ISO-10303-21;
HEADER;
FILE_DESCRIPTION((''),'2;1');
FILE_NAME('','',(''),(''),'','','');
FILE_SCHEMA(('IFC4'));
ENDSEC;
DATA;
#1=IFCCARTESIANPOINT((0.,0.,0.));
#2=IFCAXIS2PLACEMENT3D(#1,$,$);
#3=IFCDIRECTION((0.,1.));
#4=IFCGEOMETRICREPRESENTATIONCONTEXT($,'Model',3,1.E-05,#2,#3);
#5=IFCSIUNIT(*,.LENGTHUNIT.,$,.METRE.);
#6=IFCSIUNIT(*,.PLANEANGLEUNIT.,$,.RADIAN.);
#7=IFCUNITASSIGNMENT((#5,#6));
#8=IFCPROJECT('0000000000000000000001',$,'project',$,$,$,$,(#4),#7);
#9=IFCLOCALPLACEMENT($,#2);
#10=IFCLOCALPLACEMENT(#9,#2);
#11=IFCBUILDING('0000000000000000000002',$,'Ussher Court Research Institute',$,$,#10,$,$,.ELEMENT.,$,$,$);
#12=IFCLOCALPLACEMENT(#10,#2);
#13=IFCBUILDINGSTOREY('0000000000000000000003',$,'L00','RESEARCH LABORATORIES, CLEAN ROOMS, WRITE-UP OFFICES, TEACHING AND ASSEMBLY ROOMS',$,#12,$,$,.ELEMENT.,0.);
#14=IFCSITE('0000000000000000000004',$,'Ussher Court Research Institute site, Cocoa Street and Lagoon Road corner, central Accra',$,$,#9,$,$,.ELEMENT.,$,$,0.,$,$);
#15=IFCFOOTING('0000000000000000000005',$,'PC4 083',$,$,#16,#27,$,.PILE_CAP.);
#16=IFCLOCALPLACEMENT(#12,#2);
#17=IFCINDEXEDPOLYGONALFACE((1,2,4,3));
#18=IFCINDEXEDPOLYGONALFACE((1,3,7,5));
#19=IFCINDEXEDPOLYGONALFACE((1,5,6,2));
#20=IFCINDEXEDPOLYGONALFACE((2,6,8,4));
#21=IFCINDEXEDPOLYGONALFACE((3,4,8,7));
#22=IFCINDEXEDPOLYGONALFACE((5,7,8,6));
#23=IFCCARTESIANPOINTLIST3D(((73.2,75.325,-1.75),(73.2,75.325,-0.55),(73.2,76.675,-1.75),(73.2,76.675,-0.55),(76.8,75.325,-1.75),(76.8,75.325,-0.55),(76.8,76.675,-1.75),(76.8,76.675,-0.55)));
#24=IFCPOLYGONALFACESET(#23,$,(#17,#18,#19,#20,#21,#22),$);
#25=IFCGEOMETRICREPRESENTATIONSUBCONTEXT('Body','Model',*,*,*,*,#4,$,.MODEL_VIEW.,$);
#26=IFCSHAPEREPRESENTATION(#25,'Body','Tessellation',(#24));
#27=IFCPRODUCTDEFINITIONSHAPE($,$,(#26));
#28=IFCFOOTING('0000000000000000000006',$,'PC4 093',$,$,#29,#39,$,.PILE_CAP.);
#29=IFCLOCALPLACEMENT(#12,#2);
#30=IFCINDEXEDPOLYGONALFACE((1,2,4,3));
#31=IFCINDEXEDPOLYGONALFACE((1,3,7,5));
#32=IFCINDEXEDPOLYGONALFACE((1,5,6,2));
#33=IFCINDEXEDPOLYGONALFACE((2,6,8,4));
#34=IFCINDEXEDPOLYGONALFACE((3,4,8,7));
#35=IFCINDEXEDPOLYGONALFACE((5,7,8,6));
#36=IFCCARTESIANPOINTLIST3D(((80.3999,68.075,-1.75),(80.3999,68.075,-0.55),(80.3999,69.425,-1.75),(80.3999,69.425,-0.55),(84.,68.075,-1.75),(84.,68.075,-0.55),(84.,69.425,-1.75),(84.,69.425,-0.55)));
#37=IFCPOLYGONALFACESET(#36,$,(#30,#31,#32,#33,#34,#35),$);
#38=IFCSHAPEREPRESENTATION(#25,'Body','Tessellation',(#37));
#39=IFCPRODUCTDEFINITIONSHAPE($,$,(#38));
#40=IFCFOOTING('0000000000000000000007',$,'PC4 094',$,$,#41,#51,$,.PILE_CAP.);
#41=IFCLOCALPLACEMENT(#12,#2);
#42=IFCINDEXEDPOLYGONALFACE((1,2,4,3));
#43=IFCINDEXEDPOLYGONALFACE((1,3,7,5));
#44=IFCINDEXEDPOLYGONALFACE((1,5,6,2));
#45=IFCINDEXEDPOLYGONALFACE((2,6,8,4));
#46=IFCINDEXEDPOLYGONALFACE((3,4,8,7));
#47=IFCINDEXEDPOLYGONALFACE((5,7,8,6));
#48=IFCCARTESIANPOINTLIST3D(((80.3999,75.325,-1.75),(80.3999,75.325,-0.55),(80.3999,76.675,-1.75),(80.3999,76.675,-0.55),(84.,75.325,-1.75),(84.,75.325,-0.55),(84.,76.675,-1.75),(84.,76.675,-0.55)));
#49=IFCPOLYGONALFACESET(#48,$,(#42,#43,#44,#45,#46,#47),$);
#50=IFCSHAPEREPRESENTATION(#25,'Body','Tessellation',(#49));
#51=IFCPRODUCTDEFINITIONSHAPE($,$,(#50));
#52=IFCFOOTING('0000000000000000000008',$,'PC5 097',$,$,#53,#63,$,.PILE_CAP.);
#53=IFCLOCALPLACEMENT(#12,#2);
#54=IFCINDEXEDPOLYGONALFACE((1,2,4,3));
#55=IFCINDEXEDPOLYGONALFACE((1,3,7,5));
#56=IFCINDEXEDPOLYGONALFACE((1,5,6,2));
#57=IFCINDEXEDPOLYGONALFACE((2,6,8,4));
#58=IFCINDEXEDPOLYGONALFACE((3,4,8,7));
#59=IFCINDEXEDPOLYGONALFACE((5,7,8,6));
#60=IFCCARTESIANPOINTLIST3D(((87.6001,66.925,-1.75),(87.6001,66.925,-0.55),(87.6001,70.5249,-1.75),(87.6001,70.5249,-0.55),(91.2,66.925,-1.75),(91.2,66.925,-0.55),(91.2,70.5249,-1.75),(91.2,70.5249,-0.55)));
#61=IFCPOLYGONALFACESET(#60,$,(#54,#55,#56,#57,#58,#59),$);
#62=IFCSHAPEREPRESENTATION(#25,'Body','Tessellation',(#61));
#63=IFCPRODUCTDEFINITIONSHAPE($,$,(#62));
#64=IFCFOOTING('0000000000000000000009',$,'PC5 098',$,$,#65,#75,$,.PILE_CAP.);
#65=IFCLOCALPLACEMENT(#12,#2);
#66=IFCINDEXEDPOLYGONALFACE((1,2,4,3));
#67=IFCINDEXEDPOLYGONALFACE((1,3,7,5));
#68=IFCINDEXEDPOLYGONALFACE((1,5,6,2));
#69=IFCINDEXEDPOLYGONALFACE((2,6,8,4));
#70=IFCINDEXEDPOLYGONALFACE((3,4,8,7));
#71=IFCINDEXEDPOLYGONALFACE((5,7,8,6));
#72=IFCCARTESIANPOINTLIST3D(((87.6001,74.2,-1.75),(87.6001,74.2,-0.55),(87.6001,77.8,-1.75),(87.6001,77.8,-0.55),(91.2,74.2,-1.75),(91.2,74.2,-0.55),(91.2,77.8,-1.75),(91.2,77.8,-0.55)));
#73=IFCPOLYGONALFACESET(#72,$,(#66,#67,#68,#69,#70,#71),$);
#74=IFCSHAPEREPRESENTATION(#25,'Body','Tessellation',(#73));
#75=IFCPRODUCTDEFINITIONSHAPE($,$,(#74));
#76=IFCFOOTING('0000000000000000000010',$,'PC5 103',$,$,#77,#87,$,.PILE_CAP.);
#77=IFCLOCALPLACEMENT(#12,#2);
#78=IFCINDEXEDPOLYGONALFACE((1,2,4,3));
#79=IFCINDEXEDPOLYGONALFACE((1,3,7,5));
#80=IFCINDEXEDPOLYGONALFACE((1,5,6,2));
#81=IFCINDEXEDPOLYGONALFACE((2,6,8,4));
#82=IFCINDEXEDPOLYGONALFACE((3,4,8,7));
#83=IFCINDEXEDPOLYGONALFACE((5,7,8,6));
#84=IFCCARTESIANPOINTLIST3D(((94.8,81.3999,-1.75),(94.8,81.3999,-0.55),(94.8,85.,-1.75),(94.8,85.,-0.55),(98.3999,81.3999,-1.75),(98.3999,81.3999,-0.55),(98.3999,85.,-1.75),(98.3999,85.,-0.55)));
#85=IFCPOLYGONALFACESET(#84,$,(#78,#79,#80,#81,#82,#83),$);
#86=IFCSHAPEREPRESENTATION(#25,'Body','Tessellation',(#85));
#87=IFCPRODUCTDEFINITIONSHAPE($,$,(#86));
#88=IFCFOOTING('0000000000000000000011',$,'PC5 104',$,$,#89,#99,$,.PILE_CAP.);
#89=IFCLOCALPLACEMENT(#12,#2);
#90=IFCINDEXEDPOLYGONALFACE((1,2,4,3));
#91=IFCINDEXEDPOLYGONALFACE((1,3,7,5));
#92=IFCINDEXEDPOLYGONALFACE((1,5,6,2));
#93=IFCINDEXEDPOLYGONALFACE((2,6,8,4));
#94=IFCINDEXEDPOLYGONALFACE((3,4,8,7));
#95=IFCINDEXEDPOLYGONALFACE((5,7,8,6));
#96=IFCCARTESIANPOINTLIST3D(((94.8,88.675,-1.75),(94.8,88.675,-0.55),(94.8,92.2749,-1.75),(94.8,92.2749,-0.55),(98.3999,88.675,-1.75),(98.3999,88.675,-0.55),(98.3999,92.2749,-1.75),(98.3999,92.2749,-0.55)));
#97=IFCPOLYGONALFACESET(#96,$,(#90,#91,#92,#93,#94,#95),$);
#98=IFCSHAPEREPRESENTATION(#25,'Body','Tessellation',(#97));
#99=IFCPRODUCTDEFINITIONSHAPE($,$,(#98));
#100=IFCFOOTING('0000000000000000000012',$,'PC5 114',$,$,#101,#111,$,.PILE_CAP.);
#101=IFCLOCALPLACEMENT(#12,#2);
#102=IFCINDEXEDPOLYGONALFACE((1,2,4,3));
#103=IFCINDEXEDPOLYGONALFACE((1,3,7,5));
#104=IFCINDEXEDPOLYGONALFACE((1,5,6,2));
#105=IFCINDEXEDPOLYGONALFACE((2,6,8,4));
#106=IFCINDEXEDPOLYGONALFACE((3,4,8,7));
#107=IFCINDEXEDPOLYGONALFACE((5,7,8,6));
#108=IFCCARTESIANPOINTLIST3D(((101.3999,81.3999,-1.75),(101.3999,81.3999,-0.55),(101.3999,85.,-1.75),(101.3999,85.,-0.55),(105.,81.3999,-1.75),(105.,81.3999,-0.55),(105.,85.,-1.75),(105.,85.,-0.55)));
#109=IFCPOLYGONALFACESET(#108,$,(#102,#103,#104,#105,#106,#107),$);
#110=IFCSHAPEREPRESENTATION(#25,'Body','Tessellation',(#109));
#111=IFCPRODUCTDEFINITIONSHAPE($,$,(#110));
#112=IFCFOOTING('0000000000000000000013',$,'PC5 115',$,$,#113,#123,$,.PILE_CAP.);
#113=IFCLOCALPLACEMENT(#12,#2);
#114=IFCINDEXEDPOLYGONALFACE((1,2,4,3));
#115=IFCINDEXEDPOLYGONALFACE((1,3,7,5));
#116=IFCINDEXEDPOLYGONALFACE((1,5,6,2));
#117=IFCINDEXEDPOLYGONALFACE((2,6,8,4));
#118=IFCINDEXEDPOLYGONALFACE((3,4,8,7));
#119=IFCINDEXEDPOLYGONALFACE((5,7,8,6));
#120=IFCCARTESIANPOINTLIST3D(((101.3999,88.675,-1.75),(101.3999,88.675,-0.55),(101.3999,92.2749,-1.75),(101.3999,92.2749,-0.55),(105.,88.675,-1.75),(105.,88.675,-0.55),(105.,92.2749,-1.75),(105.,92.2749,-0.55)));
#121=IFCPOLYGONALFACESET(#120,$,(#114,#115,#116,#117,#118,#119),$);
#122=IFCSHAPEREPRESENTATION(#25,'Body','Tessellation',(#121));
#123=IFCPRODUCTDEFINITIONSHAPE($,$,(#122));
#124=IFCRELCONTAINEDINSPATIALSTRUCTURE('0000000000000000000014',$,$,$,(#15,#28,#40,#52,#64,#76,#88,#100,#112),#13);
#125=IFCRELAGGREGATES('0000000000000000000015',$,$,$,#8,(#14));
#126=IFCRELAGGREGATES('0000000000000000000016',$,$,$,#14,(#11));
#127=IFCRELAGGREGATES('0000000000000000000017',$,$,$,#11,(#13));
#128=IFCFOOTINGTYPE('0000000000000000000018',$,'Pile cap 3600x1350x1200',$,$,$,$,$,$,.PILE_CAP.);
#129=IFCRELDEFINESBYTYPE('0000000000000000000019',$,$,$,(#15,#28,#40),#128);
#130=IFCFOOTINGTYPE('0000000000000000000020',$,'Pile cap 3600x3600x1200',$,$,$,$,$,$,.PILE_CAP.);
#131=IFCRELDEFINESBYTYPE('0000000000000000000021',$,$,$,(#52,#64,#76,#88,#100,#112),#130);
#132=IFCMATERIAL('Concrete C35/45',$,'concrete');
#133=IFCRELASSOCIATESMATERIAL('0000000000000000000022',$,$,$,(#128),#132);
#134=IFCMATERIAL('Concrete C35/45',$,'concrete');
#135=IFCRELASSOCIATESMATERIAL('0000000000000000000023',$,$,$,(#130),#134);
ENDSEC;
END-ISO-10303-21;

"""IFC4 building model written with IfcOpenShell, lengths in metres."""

from ifc_helpers import new_model, si_unit, direction, frame, origin, place, context, subcontext, project, spatial, polyline, outline, extrude, material, type_object, element, save


model = new_model("IFC4")

# Units and contexts
model_context = context("Model", 3, precision=1e-05, world=origin(), true_north=direction((0.0, 1.0)))
body_context = subcontext(model_context, "Body", "Model", "MODEL_VIEW")
ifc_project = project(units=[si_unit("LENGTHUNIT", "METRE"), si_unit("PLANEANGLEUNIT", "RADIAN")], contexts=[model_context])

# Site, building, storey
site_placement = place(None, origin())
site = spatial("IfcSite", under=ifc_project, at=site_placement, Name="Ussher Court Research Institute site, Cocoa Street and Lagoon Road corner, central Accra", CompositionType="ELEMENT", RefElevation=0.0)
building_placement = place(site_placement, origin())
building = spatial("IfcBuilding", under=site, at=building_placement, Name="Ussher Court Research Institute", CompositionType="ELEMENT")
storey_placement = place(building_placement, origin())
storey = spatial("IfcBuildingStorey", under=building, at=storey_placement, Name="L00", Description="RESEARCH LABORATORIES, CLEAN ROOMS, WRITE-UP OFFICES, TEACHING AND ASSEMBLY ROOMS", CompositionType="ELEMENT", Elevation=0.0)

# Footings
ifc_material_1 = material(Name="Concrete C35/45", Category="concrete")
footing_type_1 = type_object("IfcFootingType", Name="Pile cap 3600x1350x1200", PredefinedType="PILE_CAP", material=ifc_material_1)
footing_1_placement = place(storey_placement, frame((0.0, 0.0, -1.75)))
element("IfcFooting", 1, at=footing_1_placement, inside=storey, type_object=footing_type_1, Name="PC4 083", PredefinedType="PILE_CAP", context=body_context, shape_type="SweptSolid", body=[
    extrude(outline(polyline([(73.2, 75.325), (76.8, 75.325), (76.8, 76.675), (73.2, 76.675), (73.2, 75.325)])), origin(), (0.0, 0.0, 1.0), 1.2),
])
footing_2_placement = place(storey_placement, frame((0.0, 0.0, -1.75)))
element("IfcFooting", 2, at=footing_2_placement, inside=storey, type_object=footing_type_1, Name="PC4 093", PredefinedType="PILE_CAP", context=body_context, shape_type="SweptSolid", body=[
    extrude(outline(polyline([(80.3999, 68.075), (84.0, 68.075), (84.0, 69.425), (80.3999, 69.425), (80.3999, 68.075)])), origin(), (0.0, 0.0, 1.0), 1.2),
])
footing_3_placement = place(storey_placement, frame((0.0, 0.0, -1.75)))
element("IfcFooting", 3, at=footing_3_placement, inside=storey, type_object=footing_type_1, Name="PC4 094", PredefinedType="PILE_CAP", context=body_context, shape_type="SweptSolid", body=[
    extrude(outline(polyline([(80.3999, 75.325), (84.0, 75.325), (84.0, 76.675), (80.3999, 76.675), (80.3999, 75.325)])), origin(), (0.0, 0.0, 1.0), 1.2),
])
ifc_material_2 = material(Name="Concrete C35/45", Category="concrete")
footing_type_2 = type_object("IfcFootingType", Name="Pile cap 3600x3600x1200", PredefinedType="PILE_CAP", material=ifc_material_2)
footing_4_placement = place(storey_placement, frame((0.0, 0.0, -1.75)))
element("IfcFooting", 4, at=footing_4_placement, inside=storey, type_object=footing_type_2, Name="PC5 097", PredefinedType="PILE_CAP", context=body_context, shape_type="SweptSolid", body=[
    extrude(outline(polyline([(87.6001, 66.925), (91.2, 66.925), (91.2, 70.5249), (87.6001, 70.5249), (87.6001, 66.925)])), origin(), (0.0, 0.0, 1.0), 1.2),
])
footing_5_placement = place(storey_placement, frame((0.0, 0.0, -1.75)))
element("IfcFooting", 5, at=footing_5_placement, inside=storey, type_object=footing_type_2, Name="PC5 098", PredefinedType="PILE_CAP", context=body_context, shape_type="SweptSolid", body=[
    extrude(outline(polyline([(87.6001, 74.2), (91.2, 74.2), (91.2, 77.8), (87.6001, 77.8), (87.6001, 74.2)])), origin(), (0.0, 0.0, 1.0), 1.2),
])
footing_6_placement = place(storey_placement, frame((0.0, 0.0, -1.75)))
element("IfcFooting", 6, at=footing_6_placement, inside=storey, type_object=footing_type_2, Name="PC5 103", PredefinedType="PILE_CAP", context=body_context, shape_type="SweptSolid", body=[
    extrude(outline(polyline([(94.8, 81.3999), (98.3999, 81.3999), (98.3999, 85.0), (94.8, 85.0), (94.8, 81.3999)])), origin(), (0.0, 0.0, 1.0), 1.2),
])
footing_7_placement = place(storey_placement, frame((0.0, 0.0, -1.75)))
element("IfcFooting", 7, at=footing_7_placement, inside=storey, type_object=footing_type_2, Name="PC5 104", PredefinedType="PILE_CAP", context=body_context, shape_type="SweptSolid", body=[
    extrude(outline(polyline([(94.8, 88.675), (98.3999, 88.675), (98.3999, 92.2749), (94.8, 92.2749), (94.8, 88.675)])), origin(), (0.0, 0.0, 1.0), 1.2),
])
footing_8_placement = place(storey_placement, frame((0.0, 0.0, -1.75)))
element("IfcFooting", 8, at=footing_8_placement, inside=storey, type_object=footing_type_2, Name="PC5 114", PredefinedType="PILE_CAP", context=body_context, shape_type="SweptSolid", body=[
    extrude(outline(polyline([(101.3999, 81.3999), (105.0, 81.3999), (105.0, 85.0), (101.3999, 85.0), (101.3999, 81.3999)])), origin(), (0.0, 0.0, 1.0), 1.2),
])
footing_9_placement = place(storey_placement, frame((0.0, 0.0, -1.75)))
element("IfcFooting", 9, at=footing_9_placement, inside=storey, type_object=footing_type_2, Name="PC5 115", PredefinedType="PILE_CAP", context=body_context, shape_type="SweptSolid", body=[
    extrude(outline(polyline([(101.3999, 88.675), (105.0, 88.675), (105.0, 92.2749), (101.3999, 92.2749), (101.3999, 88.675)])), origin(), (0.0, 0.0, 1.0), 1.2),
])

save(model, "model.ifc")
